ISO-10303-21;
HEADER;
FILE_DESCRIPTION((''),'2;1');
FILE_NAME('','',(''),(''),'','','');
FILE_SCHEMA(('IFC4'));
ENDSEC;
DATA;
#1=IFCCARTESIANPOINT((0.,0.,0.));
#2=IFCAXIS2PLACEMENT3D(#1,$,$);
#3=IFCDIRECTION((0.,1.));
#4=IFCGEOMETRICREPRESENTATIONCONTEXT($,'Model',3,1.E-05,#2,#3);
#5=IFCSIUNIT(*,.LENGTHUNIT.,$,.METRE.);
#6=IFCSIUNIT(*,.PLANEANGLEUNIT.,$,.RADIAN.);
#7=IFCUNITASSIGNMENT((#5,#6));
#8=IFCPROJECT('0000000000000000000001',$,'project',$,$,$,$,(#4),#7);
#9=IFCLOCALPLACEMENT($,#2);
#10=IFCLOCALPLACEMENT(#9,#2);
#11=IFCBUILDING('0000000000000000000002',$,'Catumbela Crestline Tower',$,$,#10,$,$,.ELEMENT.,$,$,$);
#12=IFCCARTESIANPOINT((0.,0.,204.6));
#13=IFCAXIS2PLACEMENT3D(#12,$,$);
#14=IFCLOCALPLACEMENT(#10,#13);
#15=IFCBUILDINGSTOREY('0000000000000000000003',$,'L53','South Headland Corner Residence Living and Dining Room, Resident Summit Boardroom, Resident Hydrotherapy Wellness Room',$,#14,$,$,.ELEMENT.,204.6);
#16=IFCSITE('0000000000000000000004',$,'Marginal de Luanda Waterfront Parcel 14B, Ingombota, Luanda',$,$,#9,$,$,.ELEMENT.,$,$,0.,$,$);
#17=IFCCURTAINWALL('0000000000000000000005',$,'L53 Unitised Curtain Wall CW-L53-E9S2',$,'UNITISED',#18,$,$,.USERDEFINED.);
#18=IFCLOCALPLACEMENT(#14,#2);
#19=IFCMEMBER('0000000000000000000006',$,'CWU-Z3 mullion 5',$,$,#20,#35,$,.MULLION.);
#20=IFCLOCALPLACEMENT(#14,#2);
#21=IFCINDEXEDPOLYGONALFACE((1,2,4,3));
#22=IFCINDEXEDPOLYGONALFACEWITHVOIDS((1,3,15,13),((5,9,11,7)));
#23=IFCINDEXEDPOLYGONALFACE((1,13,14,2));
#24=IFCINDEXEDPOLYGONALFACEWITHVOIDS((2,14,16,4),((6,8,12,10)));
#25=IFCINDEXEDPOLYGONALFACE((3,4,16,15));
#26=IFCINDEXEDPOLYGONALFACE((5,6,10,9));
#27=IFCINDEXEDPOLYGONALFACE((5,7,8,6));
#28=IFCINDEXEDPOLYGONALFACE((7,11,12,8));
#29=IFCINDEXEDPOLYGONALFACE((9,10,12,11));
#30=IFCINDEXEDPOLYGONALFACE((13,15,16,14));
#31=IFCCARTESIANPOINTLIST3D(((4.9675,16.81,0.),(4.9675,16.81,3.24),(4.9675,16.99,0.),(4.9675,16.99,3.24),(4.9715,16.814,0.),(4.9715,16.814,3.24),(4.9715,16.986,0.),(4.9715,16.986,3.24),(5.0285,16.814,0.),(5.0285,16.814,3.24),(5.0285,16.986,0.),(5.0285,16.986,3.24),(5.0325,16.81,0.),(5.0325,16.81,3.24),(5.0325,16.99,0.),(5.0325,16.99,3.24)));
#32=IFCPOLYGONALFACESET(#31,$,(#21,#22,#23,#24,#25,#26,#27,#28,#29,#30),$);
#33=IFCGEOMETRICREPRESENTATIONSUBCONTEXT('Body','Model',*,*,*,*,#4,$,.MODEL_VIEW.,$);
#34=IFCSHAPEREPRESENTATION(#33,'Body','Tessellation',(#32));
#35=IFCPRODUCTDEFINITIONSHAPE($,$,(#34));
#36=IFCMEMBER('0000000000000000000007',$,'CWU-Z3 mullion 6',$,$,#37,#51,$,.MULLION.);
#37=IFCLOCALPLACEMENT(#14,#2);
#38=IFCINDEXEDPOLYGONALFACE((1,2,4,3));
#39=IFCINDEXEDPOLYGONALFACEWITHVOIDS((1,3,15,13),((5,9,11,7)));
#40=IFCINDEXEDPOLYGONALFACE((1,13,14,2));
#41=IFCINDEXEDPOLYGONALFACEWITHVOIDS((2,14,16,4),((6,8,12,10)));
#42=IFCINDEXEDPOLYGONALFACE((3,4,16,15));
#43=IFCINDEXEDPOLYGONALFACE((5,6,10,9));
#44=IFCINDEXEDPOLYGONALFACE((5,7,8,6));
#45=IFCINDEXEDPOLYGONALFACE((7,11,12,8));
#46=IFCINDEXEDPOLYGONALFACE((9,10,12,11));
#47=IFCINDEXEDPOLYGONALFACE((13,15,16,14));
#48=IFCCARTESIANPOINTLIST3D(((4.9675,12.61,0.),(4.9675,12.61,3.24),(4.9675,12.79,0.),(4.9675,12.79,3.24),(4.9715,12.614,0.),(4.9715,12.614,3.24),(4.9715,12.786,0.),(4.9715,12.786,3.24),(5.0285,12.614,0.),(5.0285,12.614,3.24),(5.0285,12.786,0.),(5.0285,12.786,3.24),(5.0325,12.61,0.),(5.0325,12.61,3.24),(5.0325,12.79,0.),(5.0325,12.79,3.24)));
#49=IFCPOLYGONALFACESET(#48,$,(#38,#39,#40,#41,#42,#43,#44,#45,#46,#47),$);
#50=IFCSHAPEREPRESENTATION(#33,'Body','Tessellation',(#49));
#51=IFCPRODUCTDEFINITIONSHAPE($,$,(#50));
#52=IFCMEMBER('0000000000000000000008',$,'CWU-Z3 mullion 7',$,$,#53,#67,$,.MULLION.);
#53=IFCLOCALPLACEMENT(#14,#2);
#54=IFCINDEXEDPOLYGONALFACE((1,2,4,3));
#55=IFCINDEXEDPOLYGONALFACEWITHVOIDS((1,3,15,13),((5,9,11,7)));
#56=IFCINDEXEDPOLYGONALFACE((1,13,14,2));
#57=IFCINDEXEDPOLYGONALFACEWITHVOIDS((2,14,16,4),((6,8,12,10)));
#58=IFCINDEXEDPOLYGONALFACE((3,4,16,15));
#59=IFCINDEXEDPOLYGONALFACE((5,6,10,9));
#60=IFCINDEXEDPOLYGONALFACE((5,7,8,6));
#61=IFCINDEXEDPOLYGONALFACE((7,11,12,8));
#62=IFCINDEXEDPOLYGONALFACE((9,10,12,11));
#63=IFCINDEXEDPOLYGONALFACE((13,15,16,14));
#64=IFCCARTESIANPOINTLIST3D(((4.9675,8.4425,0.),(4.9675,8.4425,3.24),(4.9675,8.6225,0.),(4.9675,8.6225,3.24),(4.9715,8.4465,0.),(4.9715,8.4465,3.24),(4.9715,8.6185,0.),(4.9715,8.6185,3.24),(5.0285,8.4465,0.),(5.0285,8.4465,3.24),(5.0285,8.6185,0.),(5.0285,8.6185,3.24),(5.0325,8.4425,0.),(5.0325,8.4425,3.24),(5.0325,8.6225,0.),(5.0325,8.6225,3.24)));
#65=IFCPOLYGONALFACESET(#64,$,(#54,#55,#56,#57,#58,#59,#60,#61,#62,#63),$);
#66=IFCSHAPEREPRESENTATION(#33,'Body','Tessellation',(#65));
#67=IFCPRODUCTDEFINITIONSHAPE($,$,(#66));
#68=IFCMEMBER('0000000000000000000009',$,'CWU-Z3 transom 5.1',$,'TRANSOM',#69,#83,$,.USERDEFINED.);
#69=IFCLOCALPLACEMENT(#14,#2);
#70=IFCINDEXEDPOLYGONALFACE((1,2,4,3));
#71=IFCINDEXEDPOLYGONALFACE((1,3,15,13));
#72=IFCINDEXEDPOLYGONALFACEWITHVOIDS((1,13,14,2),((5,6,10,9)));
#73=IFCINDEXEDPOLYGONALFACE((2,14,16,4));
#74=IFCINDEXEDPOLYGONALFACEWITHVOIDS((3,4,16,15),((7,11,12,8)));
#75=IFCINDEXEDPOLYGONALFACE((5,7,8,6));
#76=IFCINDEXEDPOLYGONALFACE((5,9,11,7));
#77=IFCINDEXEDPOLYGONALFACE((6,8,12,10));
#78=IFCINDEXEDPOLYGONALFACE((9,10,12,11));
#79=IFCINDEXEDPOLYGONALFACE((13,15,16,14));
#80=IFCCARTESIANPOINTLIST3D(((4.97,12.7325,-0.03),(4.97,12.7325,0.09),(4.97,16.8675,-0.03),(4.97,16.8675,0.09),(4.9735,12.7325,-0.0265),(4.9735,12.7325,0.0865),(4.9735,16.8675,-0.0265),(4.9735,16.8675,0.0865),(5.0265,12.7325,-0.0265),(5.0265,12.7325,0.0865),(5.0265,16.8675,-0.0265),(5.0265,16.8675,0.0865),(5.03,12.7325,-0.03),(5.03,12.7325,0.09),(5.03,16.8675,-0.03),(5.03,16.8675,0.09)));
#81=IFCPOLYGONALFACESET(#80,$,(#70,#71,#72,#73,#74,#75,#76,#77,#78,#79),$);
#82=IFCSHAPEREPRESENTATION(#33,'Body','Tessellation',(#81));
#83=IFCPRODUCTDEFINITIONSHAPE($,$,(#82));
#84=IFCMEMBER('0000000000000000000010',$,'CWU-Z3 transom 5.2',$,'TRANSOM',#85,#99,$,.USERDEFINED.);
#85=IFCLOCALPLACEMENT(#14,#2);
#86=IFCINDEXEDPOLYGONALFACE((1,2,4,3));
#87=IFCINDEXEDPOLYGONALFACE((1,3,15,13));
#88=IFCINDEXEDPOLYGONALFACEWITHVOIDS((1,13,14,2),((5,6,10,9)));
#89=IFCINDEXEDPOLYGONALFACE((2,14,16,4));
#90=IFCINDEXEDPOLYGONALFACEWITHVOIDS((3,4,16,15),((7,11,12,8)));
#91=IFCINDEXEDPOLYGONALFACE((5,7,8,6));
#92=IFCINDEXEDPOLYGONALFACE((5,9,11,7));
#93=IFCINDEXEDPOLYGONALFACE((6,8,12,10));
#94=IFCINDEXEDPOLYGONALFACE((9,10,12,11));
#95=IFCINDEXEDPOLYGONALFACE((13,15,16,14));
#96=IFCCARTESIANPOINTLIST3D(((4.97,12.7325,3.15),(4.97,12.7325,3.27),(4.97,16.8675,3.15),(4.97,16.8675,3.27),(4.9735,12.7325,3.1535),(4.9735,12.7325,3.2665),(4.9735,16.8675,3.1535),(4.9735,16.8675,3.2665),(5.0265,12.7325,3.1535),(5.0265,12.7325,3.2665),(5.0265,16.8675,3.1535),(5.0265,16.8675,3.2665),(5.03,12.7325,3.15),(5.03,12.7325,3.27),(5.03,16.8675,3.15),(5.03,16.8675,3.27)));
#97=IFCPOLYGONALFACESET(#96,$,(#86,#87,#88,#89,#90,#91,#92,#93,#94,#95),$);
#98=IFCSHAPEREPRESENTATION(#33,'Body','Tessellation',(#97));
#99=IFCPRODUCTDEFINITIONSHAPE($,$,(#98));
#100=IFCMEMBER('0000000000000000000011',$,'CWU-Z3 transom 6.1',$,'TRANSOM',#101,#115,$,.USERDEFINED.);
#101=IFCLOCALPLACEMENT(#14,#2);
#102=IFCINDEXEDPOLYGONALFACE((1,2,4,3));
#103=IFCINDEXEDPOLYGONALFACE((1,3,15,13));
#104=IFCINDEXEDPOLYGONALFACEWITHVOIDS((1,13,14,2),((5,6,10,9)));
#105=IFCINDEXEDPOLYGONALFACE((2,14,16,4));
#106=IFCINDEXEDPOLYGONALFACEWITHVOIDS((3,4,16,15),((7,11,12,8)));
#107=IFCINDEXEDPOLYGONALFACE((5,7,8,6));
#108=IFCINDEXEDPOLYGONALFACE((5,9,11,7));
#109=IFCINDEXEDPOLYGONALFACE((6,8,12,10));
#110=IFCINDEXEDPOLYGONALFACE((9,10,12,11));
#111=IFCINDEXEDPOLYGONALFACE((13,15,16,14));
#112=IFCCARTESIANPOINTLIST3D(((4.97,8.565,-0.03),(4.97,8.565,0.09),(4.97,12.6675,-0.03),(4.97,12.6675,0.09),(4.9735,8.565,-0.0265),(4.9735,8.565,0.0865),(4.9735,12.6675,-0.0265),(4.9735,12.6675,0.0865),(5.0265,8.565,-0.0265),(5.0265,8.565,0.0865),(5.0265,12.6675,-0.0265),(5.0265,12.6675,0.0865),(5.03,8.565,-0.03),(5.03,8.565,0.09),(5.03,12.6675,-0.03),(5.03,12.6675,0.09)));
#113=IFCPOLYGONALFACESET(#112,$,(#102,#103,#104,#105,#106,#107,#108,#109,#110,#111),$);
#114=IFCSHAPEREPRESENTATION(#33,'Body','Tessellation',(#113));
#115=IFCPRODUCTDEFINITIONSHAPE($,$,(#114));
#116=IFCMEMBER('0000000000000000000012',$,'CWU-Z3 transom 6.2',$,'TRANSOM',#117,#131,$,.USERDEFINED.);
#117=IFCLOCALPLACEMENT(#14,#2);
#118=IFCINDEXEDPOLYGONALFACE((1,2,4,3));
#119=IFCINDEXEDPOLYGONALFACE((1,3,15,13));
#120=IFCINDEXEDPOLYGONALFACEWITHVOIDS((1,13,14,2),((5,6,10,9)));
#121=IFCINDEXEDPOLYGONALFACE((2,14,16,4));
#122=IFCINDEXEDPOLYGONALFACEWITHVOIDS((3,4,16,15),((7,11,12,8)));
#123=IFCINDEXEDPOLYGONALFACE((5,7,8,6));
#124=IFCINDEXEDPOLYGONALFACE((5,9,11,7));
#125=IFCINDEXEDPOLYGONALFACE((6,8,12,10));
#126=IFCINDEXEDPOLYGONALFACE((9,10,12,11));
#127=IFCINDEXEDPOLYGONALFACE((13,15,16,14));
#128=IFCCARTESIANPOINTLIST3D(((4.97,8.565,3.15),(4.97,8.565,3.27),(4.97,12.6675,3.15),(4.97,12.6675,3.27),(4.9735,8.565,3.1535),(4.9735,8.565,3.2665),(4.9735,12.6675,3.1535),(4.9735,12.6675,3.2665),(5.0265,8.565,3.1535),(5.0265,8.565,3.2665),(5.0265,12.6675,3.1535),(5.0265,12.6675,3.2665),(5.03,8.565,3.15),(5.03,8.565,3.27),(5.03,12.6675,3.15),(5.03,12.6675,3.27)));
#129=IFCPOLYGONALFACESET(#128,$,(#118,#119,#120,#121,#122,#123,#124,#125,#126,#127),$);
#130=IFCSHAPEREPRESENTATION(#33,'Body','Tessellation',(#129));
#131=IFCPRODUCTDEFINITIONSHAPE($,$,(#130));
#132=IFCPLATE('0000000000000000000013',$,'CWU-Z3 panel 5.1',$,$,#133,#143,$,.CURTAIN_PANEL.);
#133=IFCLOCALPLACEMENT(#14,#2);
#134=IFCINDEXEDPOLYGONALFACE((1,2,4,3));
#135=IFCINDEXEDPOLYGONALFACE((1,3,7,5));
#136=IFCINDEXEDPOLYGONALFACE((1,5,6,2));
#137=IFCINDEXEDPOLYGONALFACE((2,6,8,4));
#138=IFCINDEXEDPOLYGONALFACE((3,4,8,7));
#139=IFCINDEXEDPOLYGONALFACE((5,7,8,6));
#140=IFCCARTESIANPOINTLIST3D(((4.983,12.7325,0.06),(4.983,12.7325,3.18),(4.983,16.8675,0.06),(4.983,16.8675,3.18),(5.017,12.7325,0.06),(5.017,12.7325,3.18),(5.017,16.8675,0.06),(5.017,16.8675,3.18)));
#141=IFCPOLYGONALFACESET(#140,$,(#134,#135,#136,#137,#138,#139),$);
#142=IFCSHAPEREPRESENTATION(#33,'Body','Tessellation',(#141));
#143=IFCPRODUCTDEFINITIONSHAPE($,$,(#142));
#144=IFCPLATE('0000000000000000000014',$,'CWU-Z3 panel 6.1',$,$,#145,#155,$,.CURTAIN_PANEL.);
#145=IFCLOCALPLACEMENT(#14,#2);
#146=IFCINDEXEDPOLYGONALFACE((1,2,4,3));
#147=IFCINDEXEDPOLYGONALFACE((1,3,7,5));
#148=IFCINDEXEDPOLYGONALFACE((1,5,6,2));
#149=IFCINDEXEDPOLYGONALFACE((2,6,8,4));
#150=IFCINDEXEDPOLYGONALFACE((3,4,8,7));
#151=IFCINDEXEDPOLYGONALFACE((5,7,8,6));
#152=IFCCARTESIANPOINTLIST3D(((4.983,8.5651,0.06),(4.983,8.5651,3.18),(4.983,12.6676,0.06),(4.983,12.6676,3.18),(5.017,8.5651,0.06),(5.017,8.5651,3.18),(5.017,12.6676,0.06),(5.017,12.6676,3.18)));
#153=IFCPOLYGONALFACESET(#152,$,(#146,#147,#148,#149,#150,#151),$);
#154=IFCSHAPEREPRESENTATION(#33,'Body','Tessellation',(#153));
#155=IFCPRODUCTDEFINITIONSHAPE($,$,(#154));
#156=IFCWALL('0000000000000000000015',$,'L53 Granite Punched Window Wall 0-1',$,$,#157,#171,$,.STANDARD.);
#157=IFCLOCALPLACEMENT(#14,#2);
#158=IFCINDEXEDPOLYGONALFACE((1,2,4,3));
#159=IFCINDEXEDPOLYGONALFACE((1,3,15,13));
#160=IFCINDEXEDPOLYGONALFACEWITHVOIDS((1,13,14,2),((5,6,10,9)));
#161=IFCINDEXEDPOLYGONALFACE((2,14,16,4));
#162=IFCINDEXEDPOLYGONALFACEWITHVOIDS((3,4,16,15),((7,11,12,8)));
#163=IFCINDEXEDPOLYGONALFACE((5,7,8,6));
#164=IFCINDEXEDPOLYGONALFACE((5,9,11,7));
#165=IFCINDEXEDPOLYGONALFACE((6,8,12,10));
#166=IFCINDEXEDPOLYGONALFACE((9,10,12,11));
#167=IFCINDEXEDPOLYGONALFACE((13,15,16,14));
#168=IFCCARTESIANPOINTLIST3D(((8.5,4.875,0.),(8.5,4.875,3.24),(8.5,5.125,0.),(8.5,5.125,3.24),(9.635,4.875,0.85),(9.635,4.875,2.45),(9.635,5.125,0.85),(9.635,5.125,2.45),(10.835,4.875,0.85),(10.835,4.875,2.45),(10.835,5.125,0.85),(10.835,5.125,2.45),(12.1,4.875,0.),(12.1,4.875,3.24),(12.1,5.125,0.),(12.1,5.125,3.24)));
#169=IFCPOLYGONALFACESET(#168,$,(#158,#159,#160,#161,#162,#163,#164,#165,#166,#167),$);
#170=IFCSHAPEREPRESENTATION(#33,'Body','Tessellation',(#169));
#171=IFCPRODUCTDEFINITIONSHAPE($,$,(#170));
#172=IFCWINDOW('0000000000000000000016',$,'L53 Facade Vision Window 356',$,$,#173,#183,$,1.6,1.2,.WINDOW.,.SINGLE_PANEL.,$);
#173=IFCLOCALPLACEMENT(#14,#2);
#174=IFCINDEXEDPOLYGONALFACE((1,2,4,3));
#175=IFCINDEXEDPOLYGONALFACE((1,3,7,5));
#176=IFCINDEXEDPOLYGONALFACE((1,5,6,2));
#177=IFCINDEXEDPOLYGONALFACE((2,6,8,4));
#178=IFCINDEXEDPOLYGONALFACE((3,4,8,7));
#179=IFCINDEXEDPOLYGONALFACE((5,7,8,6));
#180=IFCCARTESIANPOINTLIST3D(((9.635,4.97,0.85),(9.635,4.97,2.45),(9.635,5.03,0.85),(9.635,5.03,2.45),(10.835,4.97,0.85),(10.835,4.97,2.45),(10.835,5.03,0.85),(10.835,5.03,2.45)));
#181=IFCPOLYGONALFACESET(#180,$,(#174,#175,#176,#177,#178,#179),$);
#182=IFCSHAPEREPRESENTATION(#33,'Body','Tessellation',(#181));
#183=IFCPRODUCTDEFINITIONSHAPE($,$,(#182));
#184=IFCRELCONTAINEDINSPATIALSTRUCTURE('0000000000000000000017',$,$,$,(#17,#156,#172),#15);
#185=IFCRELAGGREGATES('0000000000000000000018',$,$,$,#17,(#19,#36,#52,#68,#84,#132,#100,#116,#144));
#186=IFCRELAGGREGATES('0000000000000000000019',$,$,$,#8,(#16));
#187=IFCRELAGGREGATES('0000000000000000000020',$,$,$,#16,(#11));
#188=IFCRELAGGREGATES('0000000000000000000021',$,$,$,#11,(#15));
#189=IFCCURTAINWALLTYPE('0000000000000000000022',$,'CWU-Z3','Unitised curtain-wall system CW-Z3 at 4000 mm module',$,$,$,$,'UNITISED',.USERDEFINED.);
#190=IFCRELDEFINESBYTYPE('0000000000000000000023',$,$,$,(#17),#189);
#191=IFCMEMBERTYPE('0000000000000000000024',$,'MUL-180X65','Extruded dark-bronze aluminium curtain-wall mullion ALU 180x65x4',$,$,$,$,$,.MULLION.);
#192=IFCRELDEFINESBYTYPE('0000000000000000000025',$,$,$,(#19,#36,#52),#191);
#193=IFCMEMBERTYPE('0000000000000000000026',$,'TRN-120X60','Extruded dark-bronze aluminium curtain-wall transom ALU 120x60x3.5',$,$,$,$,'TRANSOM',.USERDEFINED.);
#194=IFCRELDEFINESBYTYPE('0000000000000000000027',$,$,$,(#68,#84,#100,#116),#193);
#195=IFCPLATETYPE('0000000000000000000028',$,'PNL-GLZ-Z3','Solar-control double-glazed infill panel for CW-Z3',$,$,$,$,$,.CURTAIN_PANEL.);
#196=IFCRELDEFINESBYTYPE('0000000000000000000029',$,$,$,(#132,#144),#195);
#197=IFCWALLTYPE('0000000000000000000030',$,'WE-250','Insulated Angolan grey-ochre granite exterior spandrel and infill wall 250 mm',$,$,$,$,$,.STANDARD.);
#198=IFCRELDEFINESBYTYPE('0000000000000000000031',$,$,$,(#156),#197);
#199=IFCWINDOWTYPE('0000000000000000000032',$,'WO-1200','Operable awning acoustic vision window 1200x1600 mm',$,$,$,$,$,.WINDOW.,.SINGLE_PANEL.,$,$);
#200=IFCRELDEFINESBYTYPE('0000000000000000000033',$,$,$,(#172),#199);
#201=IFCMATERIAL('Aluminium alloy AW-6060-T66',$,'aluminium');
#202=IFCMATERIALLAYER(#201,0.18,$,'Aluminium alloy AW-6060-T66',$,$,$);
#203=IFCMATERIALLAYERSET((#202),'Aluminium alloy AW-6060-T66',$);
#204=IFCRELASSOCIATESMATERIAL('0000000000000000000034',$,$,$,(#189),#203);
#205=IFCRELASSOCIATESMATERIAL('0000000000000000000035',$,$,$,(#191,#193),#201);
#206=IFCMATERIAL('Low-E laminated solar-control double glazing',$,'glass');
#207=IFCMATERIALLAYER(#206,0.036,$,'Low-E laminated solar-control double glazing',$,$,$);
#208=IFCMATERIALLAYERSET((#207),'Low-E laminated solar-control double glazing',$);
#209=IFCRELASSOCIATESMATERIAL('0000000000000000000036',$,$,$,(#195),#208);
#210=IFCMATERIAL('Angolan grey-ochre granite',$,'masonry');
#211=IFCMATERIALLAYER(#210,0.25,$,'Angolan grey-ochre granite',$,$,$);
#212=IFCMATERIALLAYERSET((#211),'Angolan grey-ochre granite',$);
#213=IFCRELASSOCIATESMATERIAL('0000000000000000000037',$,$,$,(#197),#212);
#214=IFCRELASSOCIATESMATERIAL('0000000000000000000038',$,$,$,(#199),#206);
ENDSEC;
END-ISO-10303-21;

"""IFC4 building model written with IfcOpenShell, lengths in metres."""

from ifc_helpers import new_model, si_unit, direction, frame, frame_2d, origin, origin_2d, place, context, subcontext, project, spatial, rectangle, hollow_rectangle, extrude, material, layer, layer_set, material_profile, profile_set, type_object, element, fill, aggregate, save


model = new_model("IFC4")

# Units and contexts
model_context = context("Model", 3, precision=1e-05, world=origin(), true_north=direction((0.0, 1.0)))
body_context = subcontext(model_context, "Body", "Model", "MODEL_VIEW")
ifc_project = project(units=[si_unit("LENGTHUNIT", "METRE"), si_unit("PLANEANGLEUNIT", "RADIAN")], contexts=[model_context])

# Site, building, storey
site_placement = place(None, origin())
site = spatial("IfcSite", under=ifc_project, at=site_placement, Name="Marginal de Luanda Waterfront Parcel 14B, Ingombota, Luanda", CompositionType="ELEMENT", RefElevation=0.0)
building_placement = place(site_placement, origin())
building = spatial("IfcBuilding", under=site, at=building_placement, Name="Catumbela Crestline Tower", CompositionType="ELEMENT")
storey_placement = place(building_placement, frame((0.0, 0.0, 204.6)))
storey = spatial("IfcBuildingStorey", under=building, at=storey_placement, Name="L53", Description="South Headland Corner Residence Living and Dining Room, Resident Summit Boardroom, Resident Hydrotherapy Wellness Room", CompositionType="ELEMENT", Elevation=204.6)

# Curtain wall, members, plates
ifc_material_1 = material(Name="Aluminium alloy AW-6060-T66", Category="aluminium")
ifc_layer_1 = layer(ifc_material_1, 0.18, Name="Aluminium alloy AW-6060-T66")
ifc_layer_set_1 = layer_set([ifc_layer_1], Name="Aluminium alloy AW-6060-T66")
curtain_wall_type = type_object("IfcCurtainWallType", Name="CWU-Z3", Description="Unitised curtain-wall system CW-Z3 at 4000 mm module", ElementType="UNITISED", PredefinedType="USERDEFINED", material=ifc_layer_set_1)
curtain_wall_placement = place(storey_placement, origin())
curtain_wall = element("IfcCurtainWall", 1, at=curtain_wall_placement, inside=storey, type_object=curtain_wall_type, Name="L53 Unitised Curtain Wall CW-L53-E9S2", ObjectType="UNITISED", PredefinedType="USERDEFINED")
ifc_material_profile_1 = material_profile(ifc_material_1, hollow_rectangle(XDim=0.065, YDim=0.18, WallThickness=0.004, at=origin_2d()), Name="ALU 180x65x4")
ifc_profile_set_1 = profile_set([ifc_material_profile_1], Name="Aluminium alloy AW-6060-T66")
member_type_1 = type_object("IfcMemberType", Name="MUL-180X65", Description="Extruded dark-bronze aluminium curtain-wall mullion ALU 180x65x4", PredefinedType="MULLION", material=ifc_profile_set_1)
member_1_placement = place(storey_placement, frame((5.0, 16.9, 0.0), z_axis=(0.0, 0.0, 1.0), x_axis=(1.0, 0.0, 0.0)))
member_1 = element("IfcMember", 2, at=member_1_placement, type_object=member_type_1, Name="CWU-Z3 mullion 5", PredefinedType="MULLION", context=body_context, shape_type="SweptSolid", body=[
    extrude(hollow_rectangle(XDim=0.065, YDim=0.18, WallThickness=0.004, at=origin_2d()), origin(), (0.0, 0.0, 1.0), 3.24),
])
member_2_placement = place(storey_placement, frame((5.0, 12.7, 0.0), z_axis=(0.0, 0.0, 1.0), x_axis=(1.0, 0.0, 0.0)))
member_2 = element("IfcMember", 3, at=member_2_placement, type_object=member_type_1, Name="CWU-Z3 mullion 6", PredefinedType="MULLION", context=body_context, shape_type="SweptSolid", body=[
    extrude(hollow_rectangle(XDim=0.065, YDim=0.18, WallThickness=0.004, at=origin_2d()), origin(), (0.0, 0.0, 1.0), 3.24),
])
member_3_placement = place(storey_placement, frame((5.0, 8.5325, 0.0), z_axis=(0.0, 0.0, 1.0), x_axis=(1.0, 0.0, 0.0)))
member_3 = element("IfcMember", 4, at=member_3_placement, type_object=member_type_1, Name="CWU-Z3 mullion 7", PredefinedType="MULLION", context=body_context, shape_type="SweptSolid", body=[
    extrude(hollow_rectangle(XDim=0.065, YDim=0.18, WallThickness=0.004, at=origin_2d()), origin(), (0.0, 0.0, 1.0), 3.24),
])
ifc_material_profile_2 = material_profile(ifc_material_1, hollow_rectangle(XDim=0.06, YDim=0.12, WallThickness=0.0035, at=origin_2d()), Name="ALU 120x60x3.5")
ifc_profile_set_2 = profile_set([ifc_material_profile_2], Name="Aluminium alloy AW-6060-T66")
member_type_2 = type_object("IfcMemberType", Name="TRN-120X60", Description="Extruded dark-bronze aluminium curtain-wall transom ALU 120x60x3.5", ElementType="TRANSOM", PredefinedType="USERDEFINED", material=ifc_profile_set_2)
member_4_placement = place(storey_placement, frame((5.0, 16.8675, 0.03), z_axis=(0.0, -1.0, 0.0), x_axis=(1.0, 0.0, 0.0)))
member_4 = element("IfcMember", 5, at=member_4_placement, type_object=member_type_2, Name="CWU-Z3 transom 5.1", ObjectType="TRANSOM", PredefinedType="USERDEFINED", context=body_context, shape_type="SweptSolid", body=[
    extrude(hollow_rectangle(XDim=0.06, YDim=0.12, WallThickness=0.0035, at=origin_2d()), origin(), (0.0, 0.0, 1.0), 4.135),
])
member_5_placement = place(storey_placement, frame((5.0, 16.8675, 3.21), z_axis=(0.0, -1.0, 0.0), x_axis=(1.0, 0.0, 0.0)))
member_5 = element("IfcMember", 6, at=member_5_placement, type_object=member_type_2, Name="CWU-Z3 transom 5.2", ObjectType="TRANSOM", PredefinedType="USERDEFINED", context=body_context, shape_type="SweptSolid", body=[
    extrude(hollow_rectangle(XDim=0.06, YDim=0.12, WallThickness=0.0035, at=origin_2d()), origin(), (0.0, 0.0, 1.0), 4.135),
])
member_6_placement = place(storey_placement, frame((5.0, 12.6675, 0.03), z_axis=(0.0, -1.0, 0.0), x_axis=(1.0, 0.0, 0.0)))
member_6 = element("IfcMember", 7, at=member_6_placement, type_object=member_type_2, Name="CWU-Z3 transom 6.1", ObjectType="TRANSOM", PredefinedType="USERDEFINED", context=body_context, shape_type="SweptSolid", body=[
    extrude(hollow_rectangle(XDim=0.06, YDim=0.12, WallThickness=0.0035, at=origin_2d()), origin(), (0.0, 0.0, 1.0), 4.1025),
])
member_7_placement = place(storey_placement, frame((5.0, 12.6675, 3.21), z_axis=(0.0, -1.0, 0.0), x_axis=(1.0, 0.0, 0.0)))
member_7 = element("IfcMember", 8, at=member_7_placement, type_object=member_type_2, Name="CWU-Z3 transom 6.2", ObjectType="TRANSOM", PredefinedType="USERDEFINED", context=body_context, shape_type="SweptSolid", body=[
    extrude(hollow_rectangle(XDim=0.06, YDim=0.12, WallThickness=0.0035, at=origin_2d()), origin(), (0.0, 0.0, 1.0), 4.1025),
])
ifc_material_2 = material(Name="Low-E laminated solar-control double glazing", Category="glass")
ifc_layer_2 = layer(ifc_material_2, 0.036, Name="Low-E laminated solar-control double glazing")
ifc_layer_set_2 = layer_set([ifc_layer_2], Name="Low-E laminated solar-control double glazing")
plate_type = type_object("IfcPlateType", Name="PNL-GLZ-Z3", Description="Solar-control double-glazed infill panel for CW-Z3", PredefinedType="CURTAIN_PANEL", material=ifc_layer_set_2)
plate_1_placement = place(storey_placement, frame((5.0, 14.8, 0.06), z_axis=(0.0, 0.0, 1.0), x_axis=(0.0, -1.0, 0.0)))
plate_1 = element("IfcPlate", 9, at=plate_1_placement, type_object=plate_type, Name="CWU-Z3 panel 5.1", PredefinedType="CURTAIN_PANEL", context=body_context, shape_type="SweptSolid", body=[
    extrude(rectangle(XDim=4.135, YDim=0.034, at=origin_2d()), origin(), (0.0, 0.0, 1.0), 3.12),
])
plate_2_placement = place(storey_placement, frame((5.0, 10.6163, 0.06), z_axis=(0.0, 0.0, 1.0), x_axis=(0.0, -1.0, 0.0)))
plate_2 = element("IfcPlate", 10, at=plate_2_placement, type_object=plate_type, Name="CWU-Z3 panel 6.1", PredefinedType="CURTAIN_PANEL", context=body_context, shape_type="SweptSolid", body=[
    extrude(rectangle(XDim=4.1025, YDim=0.034, at=origin_2d()), origin(), (0.0, 0.0, 1.0), 3.12),
])
aggregate(curtain_wall, [member_1, member_2, member_3, member_4, member_5, plate_1, member_6, member_7, plate_2])

# Wall, opening, window
ifc_material_3 = material(Name="Angolan grey-ochre granite", Category="masonry")
ifc_layer_3 = layer(ifc_material_3, 0.25, Name="Angolan grey-ochre granite")
ifc_layer_set_3 = layer_set([ifc_layer_3], Name="Angolan grey-ochre granite")
wall_type_1 = type_object("IfcWallType", Name="WE-250", Description="Insulated Angolan grey-ochre granite exterior spandrel and infill wall 250 mm", PredefinedType="STANDARD", material=ifc_layer_set_3)
wall_1_placement = place(storey_placement, frame((8.5, 5.0, 0.0), z_axis=(0.0, 0.0, 1.0), x_axis=(1.0, 0.0, 0.0)))
wall_1 = element("IfcWall", 11, at=wall_1_placement, inside=storey, type_object=wall_type_1, Name="L53 Granite Punched Window Wall 0-1", PredefinedType="STANDARD", context=body_context, shape_type="SweptSolid", body=[
    extrude(rectangle(XDim=3.6, YDim=0.25, at=frame_2d((1.8, 0.0))), origin(), (0.0, 0.0, 1.0), 3.24),
])
opening_1_placement = place(wall_1_placement, frame((1.135, 0.0, 0.85)))
opening_1 = element("IfcOpeningElement", 12, at=opening_1_placement, cuts=wall_1, PredefinedType="OPENING", context=body_context, shape_type="SweptSolid", body=[
    extrude(rectangle(XDim=1.2, YDim=1.6, at=frame_2d((0.6, 0.8))), frame((0.0, 0.135, 0.0), z_axis=(0.0, -1.0, 0.0), x_axis=(1.0, 0.0, 0.0)), (0.0, 0.0, 1.0), 0.27),
])
window_type_1 = type_object("IfcWindowType", Name="WO-1200", Description="Operable awning acoustic vision window 1200x1600 mm", PartitioningType="SINGLE_PANEL", PredefinedType="WINDOW", material=ifc_material_2)
window_1_placement = place(opening_1_placement, origin())
window_1 = element("IfcWindow", 13, at=window_1_placement, inside=storey, type_object=window_type_1, Name="L53 Facade Vision Window 356", OverallHeight=1.6, OverallWidth=1.2, PartitioningType="SINGLE_PANEL", PredefinedType="WINDOW", context=body_context, shape_type="SweptSolid", body=[
    extrude(rectangle(XDim=1.2, YDim=1.6, at=frame_2d((0.6, 0.8))), frame((0.0, 0.03, 0.0), z_axis=(0.0, -1.0, 0.0), x_axis=(1.0, 0.0, 0.0)), (0.0, 0.0, 1.0), 0.06),
])
fill(opening_1, window_1)

save(model, "model.ifc")
